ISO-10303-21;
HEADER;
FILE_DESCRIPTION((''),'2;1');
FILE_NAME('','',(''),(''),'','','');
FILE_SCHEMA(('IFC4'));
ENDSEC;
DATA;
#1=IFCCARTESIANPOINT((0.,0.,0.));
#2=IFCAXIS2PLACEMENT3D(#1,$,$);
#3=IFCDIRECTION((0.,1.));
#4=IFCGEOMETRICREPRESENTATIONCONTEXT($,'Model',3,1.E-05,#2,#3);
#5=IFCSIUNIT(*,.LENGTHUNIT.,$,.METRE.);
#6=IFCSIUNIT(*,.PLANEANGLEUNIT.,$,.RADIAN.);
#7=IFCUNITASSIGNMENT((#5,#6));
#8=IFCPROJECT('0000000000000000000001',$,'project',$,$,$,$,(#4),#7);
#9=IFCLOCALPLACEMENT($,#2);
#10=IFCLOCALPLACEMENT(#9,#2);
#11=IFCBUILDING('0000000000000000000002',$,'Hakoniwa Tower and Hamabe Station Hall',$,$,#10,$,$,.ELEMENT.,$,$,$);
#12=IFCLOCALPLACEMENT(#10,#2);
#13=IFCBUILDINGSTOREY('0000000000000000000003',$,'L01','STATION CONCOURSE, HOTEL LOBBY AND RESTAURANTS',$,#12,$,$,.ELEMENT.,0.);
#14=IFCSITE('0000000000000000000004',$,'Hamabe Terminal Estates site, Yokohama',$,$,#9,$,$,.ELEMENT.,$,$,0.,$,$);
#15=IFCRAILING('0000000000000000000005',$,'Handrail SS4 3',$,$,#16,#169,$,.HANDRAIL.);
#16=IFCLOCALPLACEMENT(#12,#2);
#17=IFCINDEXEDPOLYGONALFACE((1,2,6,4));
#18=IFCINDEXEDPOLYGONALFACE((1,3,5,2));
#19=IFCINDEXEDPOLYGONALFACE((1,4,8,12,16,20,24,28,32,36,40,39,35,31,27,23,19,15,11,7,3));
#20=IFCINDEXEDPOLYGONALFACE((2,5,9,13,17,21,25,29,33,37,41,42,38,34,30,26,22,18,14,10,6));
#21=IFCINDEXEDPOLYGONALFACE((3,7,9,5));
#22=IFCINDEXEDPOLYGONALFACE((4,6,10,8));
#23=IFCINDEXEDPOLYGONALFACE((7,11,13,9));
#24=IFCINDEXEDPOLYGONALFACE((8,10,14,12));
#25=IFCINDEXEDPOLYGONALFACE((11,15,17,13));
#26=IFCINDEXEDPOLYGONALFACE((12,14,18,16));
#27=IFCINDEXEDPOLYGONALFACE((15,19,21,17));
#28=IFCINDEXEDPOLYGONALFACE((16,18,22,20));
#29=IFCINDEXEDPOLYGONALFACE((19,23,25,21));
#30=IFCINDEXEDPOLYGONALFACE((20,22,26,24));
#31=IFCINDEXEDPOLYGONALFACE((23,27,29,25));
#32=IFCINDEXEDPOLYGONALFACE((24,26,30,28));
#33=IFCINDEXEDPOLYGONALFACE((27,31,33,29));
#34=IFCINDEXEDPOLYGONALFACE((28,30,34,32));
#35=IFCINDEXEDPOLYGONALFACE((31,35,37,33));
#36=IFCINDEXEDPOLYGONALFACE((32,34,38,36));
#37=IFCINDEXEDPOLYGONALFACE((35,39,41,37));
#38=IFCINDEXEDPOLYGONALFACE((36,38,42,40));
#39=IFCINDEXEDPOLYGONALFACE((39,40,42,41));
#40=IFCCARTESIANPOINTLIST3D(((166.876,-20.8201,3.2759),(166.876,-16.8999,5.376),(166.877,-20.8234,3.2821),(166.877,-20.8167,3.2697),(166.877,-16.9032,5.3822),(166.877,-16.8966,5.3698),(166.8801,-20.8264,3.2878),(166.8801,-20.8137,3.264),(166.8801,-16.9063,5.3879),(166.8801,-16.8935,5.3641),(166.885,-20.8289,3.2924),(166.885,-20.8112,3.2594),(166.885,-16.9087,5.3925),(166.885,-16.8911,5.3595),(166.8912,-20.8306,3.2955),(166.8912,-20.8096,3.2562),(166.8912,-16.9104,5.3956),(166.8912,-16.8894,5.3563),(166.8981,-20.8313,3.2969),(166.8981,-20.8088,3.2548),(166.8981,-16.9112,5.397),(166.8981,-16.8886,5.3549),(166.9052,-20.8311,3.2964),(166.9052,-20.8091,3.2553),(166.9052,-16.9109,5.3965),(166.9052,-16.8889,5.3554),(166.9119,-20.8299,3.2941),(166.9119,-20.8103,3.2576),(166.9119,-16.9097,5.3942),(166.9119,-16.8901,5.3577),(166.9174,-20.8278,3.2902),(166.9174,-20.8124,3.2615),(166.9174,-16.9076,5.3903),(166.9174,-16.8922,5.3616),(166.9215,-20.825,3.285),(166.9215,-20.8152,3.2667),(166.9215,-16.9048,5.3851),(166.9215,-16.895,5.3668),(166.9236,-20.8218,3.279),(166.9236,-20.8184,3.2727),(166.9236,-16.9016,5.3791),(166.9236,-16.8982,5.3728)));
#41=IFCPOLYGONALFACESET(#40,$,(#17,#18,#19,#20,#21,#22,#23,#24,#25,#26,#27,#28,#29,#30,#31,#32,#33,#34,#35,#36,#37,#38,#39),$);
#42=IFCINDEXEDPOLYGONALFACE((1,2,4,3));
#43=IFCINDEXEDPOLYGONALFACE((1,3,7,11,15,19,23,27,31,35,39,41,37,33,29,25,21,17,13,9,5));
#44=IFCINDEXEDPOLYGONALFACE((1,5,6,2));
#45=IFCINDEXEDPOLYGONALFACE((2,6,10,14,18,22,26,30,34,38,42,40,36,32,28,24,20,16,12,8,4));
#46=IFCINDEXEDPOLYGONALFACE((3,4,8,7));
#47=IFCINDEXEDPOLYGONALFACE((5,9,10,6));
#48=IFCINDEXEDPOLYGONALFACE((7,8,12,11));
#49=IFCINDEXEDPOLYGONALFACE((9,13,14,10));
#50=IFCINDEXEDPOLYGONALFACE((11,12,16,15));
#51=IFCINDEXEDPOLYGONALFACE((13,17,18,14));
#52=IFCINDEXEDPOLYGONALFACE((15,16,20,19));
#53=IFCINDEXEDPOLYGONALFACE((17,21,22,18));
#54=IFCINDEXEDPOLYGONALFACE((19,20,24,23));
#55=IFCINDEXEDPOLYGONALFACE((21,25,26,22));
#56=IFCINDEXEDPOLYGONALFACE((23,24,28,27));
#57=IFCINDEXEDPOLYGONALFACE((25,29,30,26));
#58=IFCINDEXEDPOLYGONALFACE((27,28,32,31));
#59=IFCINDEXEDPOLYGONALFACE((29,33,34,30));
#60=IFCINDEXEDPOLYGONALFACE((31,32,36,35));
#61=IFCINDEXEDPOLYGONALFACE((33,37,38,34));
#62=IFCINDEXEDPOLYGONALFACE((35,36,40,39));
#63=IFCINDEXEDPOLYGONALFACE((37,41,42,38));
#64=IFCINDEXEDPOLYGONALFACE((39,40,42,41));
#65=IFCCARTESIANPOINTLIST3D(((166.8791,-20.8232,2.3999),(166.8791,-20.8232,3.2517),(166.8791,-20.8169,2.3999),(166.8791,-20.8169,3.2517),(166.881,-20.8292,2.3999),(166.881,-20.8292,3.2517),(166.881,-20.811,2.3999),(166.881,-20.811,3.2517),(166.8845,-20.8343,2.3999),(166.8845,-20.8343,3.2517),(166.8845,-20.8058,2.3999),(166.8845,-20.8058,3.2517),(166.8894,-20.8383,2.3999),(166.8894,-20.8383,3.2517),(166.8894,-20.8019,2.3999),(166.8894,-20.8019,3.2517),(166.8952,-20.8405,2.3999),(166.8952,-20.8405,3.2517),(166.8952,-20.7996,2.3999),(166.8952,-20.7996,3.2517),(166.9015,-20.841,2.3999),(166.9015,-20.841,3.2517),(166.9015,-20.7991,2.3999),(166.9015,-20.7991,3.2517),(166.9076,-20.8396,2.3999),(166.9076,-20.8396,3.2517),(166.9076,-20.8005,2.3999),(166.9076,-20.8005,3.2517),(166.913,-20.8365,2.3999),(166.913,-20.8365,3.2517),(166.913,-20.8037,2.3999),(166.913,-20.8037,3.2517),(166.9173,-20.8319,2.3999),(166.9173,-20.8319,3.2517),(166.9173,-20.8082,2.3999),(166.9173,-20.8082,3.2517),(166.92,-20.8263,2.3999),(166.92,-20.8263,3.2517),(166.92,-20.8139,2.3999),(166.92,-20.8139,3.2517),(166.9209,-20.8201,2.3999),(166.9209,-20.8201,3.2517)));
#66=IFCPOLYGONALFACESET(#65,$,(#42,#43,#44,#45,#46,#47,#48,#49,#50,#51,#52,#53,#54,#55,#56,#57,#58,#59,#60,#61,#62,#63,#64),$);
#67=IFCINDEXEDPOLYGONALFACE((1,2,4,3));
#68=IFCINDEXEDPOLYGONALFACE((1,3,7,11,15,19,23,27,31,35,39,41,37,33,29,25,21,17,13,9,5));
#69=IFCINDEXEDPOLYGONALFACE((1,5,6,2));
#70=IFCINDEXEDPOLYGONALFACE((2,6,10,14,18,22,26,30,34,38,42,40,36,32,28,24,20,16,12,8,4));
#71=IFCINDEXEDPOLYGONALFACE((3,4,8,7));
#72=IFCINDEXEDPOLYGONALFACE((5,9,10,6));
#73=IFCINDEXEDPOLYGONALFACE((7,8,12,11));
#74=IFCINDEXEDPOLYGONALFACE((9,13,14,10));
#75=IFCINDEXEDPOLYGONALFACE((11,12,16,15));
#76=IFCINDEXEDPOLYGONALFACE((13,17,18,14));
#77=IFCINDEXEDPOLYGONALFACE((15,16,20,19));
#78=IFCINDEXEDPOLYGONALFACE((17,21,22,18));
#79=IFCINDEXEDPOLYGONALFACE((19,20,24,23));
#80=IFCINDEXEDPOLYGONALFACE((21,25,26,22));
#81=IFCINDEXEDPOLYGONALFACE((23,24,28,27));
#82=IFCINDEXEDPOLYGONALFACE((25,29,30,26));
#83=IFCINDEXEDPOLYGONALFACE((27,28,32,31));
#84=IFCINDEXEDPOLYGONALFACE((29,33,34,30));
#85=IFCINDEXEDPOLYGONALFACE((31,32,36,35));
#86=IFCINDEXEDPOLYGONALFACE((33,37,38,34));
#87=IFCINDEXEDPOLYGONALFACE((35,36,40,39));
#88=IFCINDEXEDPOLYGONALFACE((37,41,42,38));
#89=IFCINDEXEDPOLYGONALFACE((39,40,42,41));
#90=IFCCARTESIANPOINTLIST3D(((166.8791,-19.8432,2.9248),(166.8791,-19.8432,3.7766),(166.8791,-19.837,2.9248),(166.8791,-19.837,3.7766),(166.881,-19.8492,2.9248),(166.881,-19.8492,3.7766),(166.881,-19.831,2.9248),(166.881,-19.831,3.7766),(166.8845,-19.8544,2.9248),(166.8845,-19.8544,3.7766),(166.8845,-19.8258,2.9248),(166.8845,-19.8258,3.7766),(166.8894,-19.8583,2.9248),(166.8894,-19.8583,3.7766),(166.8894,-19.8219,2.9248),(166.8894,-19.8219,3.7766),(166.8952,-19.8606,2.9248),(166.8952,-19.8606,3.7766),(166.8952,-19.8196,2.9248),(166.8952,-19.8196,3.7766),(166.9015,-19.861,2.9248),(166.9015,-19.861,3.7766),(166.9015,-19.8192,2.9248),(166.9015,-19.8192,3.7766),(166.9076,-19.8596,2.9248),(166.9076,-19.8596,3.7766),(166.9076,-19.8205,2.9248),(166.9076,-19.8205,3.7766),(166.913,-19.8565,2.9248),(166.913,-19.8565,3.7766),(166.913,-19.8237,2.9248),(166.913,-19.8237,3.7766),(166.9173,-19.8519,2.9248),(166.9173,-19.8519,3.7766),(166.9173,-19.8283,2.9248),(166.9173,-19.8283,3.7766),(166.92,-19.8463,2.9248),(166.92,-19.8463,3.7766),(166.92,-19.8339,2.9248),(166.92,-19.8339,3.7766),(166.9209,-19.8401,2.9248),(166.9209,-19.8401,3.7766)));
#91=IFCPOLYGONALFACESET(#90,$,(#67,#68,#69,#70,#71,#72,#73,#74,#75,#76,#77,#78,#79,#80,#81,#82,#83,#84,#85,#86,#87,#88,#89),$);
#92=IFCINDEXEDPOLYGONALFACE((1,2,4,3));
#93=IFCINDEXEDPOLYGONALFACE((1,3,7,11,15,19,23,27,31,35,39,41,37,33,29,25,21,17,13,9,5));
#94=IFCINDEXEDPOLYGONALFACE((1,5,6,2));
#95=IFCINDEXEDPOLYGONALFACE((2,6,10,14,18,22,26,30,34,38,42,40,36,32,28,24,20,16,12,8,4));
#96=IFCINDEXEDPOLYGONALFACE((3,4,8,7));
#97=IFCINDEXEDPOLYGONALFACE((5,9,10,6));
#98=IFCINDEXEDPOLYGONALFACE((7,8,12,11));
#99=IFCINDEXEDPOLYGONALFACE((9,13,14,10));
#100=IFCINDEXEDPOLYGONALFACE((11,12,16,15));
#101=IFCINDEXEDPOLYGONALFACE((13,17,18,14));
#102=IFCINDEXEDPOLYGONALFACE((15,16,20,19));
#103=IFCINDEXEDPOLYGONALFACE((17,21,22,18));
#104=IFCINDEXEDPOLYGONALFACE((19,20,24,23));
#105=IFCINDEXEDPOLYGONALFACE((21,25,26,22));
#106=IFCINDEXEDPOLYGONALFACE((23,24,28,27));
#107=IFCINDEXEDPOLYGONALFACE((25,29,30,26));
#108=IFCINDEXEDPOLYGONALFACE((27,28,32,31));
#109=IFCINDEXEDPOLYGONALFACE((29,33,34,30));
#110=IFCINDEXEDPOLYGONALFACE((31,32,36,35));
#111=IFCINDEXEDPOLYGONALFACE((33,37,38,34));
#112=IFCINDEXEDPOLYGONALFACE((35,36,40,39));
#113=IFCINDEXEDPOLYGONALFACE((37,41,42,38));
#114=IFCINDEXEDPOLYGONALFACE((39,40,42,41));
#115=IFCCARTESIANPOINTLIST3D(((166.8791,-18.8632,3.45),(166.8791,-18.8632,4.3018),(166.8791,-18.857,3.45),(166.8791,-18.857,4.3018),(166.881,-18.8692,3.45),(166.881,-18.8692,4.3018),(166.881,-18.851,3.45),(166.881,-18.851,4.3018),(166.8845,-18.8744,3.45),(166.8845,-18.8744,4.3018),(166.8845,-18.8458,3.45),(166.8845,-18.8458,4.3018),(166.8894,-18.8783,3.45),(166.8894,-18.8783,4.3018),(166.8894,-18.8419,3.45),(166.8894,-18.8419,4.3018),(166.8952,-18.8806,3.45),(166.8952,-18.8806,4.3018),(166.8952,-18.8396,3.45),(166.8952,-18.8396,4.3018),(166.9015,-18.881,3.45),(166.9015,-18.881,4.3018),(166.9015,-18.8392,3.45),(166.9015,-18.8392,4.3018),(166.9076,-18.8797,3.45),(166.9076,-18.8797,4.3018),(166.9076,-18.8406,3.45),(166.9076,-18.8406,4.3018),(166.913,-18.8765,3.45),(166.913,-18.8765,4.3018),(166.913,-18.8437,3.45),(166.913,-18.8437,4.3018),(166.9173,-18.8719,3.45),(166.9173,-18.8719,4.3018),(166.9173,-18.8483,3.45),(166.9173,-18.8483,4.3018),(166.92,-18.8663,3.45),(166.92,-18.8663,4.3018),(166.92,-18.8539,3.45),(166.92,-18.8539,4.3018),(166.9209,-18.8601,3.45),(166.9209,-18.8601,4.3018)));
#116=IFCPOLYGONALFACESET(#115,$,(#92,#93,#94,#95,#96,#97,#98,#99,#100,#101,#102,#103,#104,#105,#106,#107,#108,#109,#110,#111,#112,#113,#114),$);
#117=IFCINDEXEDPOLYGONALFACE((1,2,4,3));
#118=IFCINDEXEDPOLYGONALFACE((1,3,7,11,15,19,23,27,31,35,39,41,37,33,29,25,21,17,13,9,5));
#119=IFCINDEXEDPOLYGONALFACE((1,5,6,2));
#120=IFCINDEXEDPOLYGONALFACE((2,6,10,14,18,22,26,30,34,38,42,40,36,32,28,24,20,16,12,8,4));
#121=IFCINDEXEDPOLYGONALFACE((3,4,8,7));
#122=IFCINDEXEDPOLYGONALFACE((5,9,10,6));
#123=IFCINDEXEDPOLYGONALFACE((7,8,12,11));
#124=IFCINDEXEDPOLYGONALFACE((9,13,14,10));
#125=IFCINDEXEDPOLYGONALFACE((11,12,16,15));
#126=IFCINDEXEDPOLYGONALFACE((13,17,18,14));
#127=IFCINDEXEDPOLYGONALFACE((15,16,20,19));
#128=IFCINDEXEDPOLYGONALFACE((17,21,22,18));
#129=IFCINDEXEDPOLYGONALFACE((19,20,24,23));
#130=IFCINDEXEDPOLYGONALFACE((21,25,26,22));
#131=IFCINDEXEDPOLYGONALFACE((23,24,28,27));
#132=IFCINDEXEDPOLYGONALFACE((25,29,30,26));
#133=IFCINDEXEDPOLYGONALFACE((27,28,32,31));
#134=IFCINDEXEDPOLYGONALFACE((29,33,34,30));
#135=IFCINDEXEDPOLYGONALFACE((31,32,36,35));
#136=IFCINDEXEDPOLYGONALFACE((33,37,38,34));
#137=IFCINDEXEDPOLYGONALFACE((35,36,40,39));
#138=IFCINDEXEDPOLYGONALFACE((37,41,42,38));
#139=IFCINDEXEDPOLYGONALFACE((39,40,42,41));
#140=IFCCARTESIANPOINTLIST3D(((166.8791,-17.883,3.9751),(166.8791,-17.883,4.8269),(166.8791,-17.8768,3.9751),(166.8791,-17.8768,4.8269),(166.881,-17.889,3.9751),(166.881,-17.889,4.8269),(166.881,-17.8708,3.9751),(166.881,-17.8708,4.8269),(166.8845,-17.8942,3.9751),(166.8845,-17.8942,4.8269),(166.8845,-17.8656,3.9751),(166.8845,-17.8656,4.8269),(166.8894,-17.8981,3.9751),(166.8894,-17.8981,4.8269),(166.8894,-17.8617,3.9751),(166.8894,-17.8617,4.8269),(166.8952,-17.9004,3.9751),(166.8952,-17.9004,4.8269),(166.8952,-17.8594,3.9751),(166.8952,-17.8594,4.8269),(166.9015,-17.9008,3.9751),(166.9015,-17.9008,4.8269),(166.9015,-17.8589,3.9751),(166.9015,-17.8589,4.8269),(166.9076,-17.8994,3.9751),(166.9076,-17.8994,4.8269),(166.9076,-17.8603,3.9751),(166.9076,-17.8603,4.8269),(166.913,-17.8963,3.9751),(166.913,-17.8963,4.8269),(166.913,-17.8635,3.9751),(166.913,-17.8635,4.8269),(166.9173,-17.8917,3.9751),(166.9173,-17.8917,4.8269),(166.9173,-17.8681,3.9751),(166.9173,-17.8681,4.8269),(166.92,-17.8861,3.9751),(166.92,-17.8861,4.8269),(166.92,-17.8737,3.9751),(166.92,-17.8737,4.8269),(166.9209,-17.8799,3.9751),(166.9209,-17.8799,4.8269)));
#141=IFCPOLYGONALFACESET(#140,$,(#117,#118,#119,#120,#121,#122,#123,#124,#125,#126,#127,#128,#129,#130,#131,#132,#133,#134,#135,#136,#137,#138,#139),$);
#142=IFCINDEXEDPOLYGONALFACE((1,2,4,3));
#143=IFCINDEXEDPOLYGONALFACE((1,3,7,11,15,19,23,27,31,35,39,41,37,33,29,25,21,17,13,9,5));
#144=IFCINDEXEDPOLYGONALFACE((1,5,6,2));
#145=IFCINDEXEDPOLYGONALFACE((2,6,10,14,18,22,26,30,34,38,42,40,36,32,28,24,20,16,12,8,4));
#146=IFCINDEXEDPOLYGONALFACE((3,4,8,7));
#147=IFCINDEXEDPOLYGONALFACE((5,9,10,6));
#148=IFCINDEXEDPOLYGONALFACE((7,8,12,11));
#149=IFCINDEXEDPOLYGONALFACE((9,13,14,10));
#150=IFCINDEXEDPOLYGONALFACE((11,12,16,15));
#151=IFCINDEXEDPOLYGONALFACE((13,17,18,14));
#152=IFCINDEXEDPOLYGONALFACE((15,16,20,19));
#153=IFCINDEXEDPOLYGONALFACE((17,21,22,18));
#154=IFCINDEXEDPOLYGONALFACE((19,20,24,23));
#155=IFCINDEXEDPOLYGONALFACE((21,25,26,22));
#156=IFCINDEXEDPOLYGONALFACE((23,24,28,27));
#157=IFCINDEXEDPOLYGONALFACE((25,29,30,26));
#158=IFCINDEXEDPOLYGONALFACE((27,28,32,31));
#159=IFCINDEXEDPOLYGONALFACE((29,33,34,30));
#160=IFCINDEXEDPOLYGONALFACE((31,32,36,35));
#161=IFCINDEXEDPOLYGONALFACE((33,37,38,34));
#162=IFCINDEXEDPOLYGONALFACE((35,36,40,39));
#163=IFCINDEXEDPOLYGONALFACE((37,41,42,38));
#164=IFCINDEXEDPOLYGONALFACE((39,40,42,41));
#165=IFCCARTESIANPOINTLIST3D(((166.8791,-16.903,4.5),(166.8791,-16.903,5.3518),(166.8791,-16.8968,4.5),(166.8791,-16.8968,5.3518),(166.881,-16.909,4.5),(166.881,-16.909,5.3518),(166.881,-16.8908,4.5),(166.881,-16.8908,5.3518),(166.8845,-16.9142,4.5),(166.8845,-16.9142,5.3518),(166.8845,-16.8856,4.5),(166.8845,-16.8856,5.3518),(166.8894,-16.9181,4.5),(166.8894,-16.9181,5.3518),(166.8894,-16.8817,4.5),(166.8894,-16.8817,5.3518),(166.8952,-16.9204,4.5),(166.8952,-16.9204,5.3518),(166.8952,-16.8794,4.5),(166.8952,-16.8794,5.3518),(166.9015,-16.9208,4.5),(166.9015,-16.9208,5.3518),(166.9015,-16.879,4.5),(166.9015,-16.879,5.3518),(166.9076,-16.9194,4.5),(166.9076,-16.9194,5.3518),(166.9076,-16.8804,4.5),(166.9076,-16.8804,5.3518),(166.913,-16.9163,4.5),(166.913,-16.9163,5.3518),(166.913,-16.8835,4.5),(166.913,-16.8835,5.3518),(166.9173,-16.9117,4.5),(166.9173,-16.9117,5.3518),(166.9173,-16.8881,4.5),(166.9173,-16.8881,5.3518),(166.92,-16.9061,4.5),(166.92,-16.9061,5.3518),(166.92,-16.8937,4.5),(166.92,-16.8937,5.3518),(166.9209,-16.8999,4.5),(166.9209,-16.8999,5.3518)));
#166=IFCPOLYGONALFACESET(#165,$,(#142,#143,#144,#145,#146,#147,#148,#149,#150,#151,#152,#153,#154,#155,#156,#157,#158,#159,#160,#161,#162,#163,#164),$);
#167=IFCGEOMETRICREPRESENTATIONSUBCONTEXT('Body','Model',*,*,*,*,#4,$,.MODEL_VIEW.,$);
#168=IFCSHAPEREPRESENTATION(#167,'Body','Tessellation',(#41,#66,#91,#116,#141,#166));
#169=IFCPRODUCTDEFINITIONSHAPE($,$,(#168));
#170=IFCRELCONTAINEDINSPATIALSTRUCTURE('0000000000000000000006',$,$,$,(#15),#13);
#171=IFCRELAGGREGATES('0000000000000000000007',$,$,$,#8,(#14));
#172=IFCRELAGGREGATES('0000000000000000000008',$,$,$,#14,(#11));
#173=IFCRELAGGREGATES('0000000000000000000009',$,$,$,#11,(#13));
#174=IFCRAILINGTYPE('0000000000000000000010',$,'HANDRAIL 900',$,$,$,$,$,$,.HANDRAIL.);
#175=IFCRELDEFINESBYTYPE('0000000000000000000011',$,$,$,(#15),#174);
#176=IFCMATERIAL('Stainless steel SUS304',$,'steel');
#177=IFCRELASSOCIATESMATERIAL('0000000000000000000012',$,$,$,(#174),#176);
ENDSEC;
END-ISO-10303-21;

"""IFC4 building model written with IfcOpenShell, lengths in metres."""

from ifc_helpers import new_model, si_unit, direction, frame, origin, origin_2d, place, context, subcontext, project, spatial, circle, extrude, material, type_object, element, save


model = new_model("IFC4")

# Units and contexts
model_context = context("Model", 3, precision=1e-05, world=origin(), true_north=direction((0.0, 1.0)))
body_context = subcontext(model_context, "Body", "Model", "MODEL_VIEW")
ifc_project = project(units=[si_unit("LENGTHUNIT", "METRE"), si_unit("PLANEANGLEUNIT", "RADIAN")], contexts=[model_context])

# Site, building, storey
site_placement = place(None, origin())
site = spatial("IfcSite", under=ifc_project, at=site_placement, Name="Hamabe Terminal Estates site, Yokohama", CompositionType="ELEMENT", RefElevation=0.0)
building_placement = place(site_placement, origin())
building = spatial("IfcBuilding", under=site, at=building_placement, Name="Hakoniwa Tower and Hamabe Station Hall", CompositionType="ELEMENT")
storey_placement = place(building_placement, origin())
storey = spatial("IfcBuildingStorey", under=building, at=storey_placement, Name="L01", Description="STATION CONCOURSE, HOTEL LOBBY AND RESTAURANTS", CompositionType="ELEMENT", Elevation=0.0)

# Railing
ifc_material_1 = material(Name="Stainless steel SUS304", Category="steel")
railing_type = type_object("IfcRailingType", Name="HANDRAIL 900", PredefinedType="HANDRAIL", material=ifc_material_1)
for number, where, name in (
    (1, (166.8999, -20.8201, 2.3999), "Handrail SS4 3"),
):
    element("IfcRailing", number, at=place(storey_placement, frame(where)), inside=storey, type_object=railing_type, Name=name, PredefinedType="HANDRAIL", context=body_context, shape_type="SweptSolid", body=[
        extrude(circle(Radius=0.0239, at=origin_2d()), frame((0.0, 0.0, 0.876), z_axis=(0.0, 0.881479, 0.472223), x_axis=(-1.0, 0.0, 0.0)), (0.0, 0.0, 1.0), 4.4473),
        extrude(circle(Radius=0.021, at=origin_2d()), origin(), (0.0, 0.0, 1.0), 0.8518),
        extrude(circle(Radius=0.021, at=origin_2d()), frame((0.0, 0.98, 0.5249)), (0.0, 0.0, 1.0), 0.8518),
        extrude(circle(Radius=0.021, at=origin_2d()), frame((0.0, 1.96, 1.05)), (0.0, 0.0, 1.0), 0.8518),
        extrude(circle(Radius=0.021, at=origin_2d()), frame((0.0, 2.9402, 1.5752)), (0.0, 0.0, 1.0), 0.8518),
        extrude(circle(Radius=0.021, at=origin_2d()), frame((0.0, 3.9202, 2.1001)), (0.0, 0.0, 1.0), 0.8518),
    ])

save(model, "model.ifc")
